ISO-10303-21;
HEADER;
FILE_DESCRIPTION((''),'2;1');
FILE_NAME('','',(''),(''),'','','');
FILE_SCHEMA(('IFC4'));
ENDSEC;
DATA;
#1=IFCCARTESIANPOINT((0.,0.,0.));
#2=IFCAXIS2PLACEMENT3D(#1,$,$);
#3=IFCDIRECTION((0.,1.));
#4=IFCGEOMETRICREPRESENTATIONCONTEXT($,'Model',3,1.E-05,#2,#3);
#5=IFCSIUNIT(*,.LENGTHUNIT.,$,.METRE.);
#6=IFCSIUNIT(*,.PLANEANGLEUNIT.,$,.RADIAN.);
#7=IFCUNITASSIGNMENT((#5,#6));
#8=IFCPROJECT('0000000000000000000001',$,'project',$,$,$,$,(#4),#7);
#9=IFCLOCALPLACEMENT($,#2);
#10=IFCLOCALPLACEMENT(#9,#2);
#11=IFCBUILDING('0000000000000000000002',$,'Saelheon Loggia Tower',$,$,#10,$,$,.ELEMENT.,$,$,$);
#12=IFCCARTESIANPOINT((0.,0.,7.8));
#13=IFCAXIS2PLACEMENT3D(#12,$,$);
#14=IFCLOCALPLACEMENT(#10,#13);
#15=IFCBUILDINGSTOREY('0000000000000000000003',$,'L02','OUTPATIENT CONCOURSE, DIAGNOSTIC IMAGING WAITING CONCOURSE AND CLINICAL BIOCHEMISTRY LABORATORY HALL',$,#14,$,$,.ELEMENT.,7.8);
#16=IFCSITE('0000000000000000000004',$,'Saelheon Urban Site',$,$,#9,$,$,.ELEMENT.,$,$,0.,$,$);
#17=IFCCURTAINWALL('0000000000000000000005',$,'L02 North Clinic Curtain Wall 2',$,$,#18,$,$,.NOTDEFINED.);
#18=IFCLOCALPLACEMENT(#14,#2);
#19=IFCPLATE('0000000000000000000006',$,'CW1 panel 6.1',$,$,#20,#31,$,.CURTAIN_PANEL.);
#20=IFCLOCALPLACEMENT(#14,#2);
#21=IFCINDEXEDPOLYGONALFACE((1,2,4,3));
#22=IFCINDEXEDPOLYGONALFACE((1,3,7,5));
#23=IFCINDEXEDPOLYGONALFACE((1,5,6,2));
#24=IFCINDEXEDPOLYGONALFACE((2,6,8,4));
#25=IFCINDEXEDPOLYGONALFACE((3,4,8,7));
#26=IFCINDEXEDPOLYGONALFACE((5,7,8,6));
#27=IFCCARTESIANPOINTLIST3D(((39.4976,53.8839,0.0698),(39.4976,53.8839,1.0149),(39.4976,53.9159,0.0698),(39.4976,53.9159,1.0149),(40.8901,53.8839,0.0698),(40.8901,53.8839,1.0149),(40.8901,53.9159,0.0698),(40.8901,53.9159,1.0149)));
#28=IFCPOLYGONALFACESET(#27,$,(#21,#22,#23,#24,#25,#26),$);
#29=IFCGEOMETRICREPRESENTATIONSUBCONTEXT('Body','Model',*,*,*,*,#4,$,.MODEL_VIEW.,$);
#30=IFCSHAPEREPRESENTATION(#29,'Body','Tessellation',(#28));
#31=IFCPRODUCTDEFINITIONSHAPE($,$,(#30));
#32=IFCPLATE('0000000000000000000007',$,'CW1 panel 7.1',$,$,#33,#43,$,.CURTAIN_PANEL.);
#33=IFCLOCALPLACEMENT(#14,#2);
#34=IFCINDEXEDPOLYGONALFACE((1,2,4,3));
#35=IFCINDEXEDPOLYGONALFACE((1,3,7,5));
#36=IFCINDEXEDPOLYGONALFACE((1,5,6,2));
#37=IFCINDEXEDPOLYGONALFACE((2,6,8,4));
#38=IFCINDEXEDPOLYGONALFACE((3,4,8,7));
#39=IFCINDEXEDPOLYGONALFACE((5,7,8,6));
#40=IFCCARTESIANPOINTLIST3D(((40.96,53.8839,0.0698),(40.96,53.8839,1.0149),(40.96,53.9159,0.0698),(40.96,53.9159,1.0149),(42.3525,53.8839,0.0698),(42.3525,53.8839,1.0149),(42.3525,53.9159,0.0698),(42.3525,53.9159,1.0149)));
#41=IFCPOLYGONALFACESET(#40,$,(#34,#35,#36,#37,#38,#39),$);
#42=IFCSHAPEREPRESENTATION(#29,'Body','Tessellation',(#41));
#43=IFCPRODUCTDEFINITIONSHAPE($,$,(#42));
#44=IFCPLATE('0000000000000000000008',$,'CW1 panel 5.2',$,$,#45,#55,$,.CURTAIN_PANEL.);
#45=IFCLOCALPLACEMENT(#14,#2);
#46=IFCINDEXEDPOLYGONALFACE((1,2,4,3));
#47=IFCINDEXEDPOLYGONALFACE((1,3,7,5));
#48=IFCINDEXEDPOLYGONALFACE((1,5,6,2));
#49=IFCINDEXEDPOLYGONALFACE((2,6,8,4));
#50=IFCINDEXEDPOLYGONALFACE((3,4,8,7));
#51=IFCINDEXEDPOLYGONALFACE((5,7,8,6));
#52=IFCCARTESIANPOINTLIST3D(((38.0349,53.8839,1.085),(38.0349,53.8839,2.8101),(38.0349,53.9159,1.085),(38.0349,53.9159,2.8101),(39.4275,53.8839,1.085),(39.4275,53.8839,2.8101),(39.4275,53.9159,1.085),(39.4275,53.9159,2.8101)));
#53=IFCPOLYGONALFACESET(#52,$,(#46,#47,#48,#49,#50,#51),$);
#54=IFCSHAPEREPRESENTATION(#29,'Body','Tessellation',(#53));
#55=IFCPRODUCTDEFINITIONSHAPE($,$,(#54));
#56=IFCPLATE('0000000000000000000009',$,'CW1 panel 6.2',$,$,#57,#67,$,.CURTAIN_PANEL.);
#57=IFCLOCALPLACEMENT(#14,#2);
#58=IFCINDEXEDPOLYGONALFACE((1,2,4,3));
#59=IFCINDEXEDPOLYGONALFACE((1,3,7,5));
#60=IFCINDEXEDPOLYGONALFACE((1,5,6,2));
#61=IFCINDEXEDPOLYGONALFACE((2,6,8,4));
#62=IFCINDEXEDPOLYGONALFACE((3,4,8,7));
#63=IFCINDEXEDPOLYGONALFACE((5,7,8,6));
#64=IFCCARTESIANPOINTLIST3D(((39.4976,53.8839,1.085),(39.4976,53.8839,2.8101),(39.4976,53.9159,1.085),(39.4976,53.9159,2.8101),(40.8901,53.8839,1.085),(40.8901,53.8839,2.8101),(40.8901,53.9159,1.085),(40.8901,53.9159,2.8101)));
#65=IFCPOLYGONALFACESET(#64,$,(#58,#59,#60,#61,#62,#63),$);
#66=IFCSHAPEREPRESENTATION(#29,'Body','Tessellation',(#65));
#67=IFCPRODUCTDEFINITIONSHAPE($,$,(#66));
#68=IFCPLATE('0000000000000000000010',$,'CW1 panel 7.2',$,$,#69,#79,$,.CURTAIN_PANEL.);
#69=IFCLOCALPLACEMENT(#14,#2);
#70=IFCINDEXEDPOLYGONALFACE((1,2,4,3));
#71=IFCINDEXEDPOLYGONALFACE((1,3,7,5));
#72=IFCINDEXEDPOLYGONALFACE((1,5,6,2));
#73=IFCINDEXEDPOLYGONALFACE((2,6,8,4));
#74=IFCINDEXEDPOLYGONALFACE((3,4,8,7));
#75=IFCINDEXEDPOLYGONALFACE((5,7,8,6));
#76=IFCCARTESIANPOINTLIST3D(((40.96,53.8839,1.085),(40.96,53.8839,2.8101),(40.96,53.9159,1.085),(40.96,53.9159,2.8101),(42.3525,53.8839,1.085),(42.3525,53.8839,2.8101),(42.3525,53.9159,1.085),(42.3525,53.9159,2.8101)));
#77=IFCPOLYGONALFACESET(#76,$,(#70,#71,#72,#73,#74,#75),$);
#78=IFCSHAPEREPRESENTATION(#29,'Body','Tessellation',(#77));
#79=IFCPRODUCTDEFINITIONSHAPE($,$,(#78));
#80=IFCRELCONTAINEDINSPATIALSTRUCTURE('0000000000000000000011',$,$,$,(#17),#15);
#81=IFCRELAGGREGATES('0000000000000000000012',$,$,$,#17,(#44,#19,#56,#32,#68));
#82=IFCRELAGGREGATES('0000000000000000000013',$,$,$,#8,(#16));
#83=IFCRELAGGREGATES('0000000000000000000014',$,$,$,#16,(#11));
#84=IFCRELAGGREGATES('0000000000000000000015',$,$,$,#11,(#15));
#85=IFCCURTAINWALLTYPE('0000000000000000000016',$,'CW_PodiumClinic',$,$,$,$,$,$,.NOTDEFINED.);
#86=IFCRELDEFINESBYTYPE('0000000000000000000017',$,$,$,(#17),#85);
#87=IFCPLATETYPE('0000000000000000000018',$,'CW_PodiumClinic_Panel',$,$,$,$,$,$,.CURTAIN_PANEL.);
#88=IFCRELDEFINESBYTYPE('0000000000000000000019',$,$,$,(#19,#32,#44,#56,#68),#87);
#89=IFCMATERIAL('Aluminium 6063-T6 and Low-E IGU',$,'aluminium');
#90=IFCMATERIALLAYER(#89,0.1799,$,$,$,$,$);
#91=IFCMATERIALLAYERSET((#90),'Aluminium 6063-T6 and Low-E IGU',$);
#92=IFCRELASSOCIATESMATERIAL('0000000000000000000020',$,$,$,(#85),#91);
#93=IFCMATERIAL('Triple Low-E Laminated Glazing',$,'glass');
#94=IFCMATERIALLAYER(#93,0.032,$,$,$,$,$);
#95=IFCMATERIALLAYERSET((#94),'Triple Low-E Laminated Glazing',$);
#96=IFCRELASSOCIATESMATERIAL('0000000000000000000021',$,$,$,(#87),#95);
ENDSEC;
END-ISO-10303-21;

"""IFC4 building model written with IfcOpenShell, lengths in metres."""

from ifc_helpers import new_model, si_unit, direction, frame, origin, origin_2d, place, context, subcontext, project, spatial, rectangle, extrude, source, transform, mapped, material, layer, layer_set, type_object, element, aggregate, save


model = new_model("IFC4")

# Units and contexts
model_context = context("Model", 3, precision=1e-05, world=origin(), true_north=direction((0.0, 1.0)))
body_context = subcontext(model_context, "Body", "Model", "MODEL_VIEW")
ifc_project = project(units=[si_unit("LENGTHUNIT", "METRE"), si_unit("PLANEANGLEUNIT", "RADIAN")], contexts=[model_context])

# Site, building, storey
site_placement = place(None, origin())
site = spatial("IfcSite", under=ifc_project, at=site_placement, Name="Saelheon Urban Site", CompositionType="ELEMENT", RefElevation=0.0)
building_placement = place(site_placement, origin())
building = spatial("IfcBuilding", under=site, at=building_placement, Name="Saelheon Loggia Tower", CompositionType="ELEMENT")
storey_placement = place(building_placement, frame((0.0, 0.0, 7.8)))
storey = spatial("IfcBuildingStorey", under=building, at=storey_placement, Name="L02", Description="OUTPATIENT CONCOURSE, DIAGNOSTIC IMAGING WAITING CONCOURSE AND CLINICAL BIOCHEMISTRY LABORATORY HALL", CompositionType="ELEMENT", Elevation=7.8)

# Curtain wall
ifc_material_1 = material(Name="Aluminium 6063-T6 and Low-E IGU", Category="aluminium")
ifc_layer_1 = layer(ifc_material_1, 0.1799)
ifc_layer_set_1 = layer_set([ifc_layer_1], Name="Aluminium 6063-T6 and Low-E IGU")
curtain_wall_type = type_object("IfcCurtainWallType", Name="CW_PodiumClinic", PredefinedType="NOTDEFINED", material=ifc_layer_set_1)
curtain_wall_1_placement = place(storey_placement, origin())
curtain_wall_1 = element("IfcCurtainWall", 1, at=curtain_wall_1_placement, inside=storey, type_object=curtain_wall_type, Name="L02 North Clinic Curtain Wall 2", PredefinedType="NOTDEFINED")

# Plates
ifc_material_2 = material(Name="Triple Low-E Laminated Glazing", Category="glass")
ifc_layer_2 = layer(ifc_material_2, 0.032)
ifc_layer_set_2 = layer_set([ifc_layer_2], Name="Triple Low-E Laminated Glazing")
plate_type = type_object("IfcPlateType", Name="CW_PodiumClinic_Panel", PredefinedType="CURTAIN_PANEL", material=ifc_layer_set_2)
shared_shape_1 = source(origin(), body_context, "Body", "SweptSolid", [
    extrude(rectangle(XDim=1.3926, YDim=0.032, at=origin_2d()), origin(), (0.0, 0.0, 1.0), 0.9451),
])
plate_1_placement = place(storey_placement, frame((40.1938, 53.8999, 0.0698), z_axis=(0.0, 0.0, 1.0), x_axis=(1.0, 0.0, 0.0)))
plate_1 = element("IfcPlate", 2, at=plate_1_placement, type_object=plate_type, Name="CW1 panel 6.1", PredefinedType="CURTAIN_PANEL", context=body_context, shape_type="MappedRepresentation", body=[
    mapped(shared_shape_1, transform((0.0, 0.0, 0.0), scale=1.0)),
])
plate_2_placement = place(storey_placement, frame((41.6562, 53.8999, 0.0698), z_axis=(0.0, 0.0, 1.0), x_axis=(1.0, 0.0, 0.0)))
plate_2 = element("IfcPlate", 3, at=plate_2_placement, type_object=plate_type, Name="CW1 panel 7.1", PredefinedType="CURTAIN_PANEL", context=body_context, shape_type="MappedRepresentation", body=[
    mapped(shared_shape_1, transform((0.0, 0.0, 0.0), scale=1.0)),
])
shared_shape_2 = source(origin(), body_context, "Body", "SweptSolid", [
    extrude(rectangle(XDim=1.3926, YDim=0.032, at=origin_2d()), origin(), (0.0, 0.0, 1.0), 1.7251),
])
plate_3_placement = place(storey_placement, frame((38.7312, 53.8999, 1.085), z_axis=(0.0, 0.0, 1.0), x_axis=(1.0, 0.0, 0.0)))
plate_3 = element("IfcPlate", 4, at=plate_3_placement, type_object=plate_type, Name="CW1 panel 5.2", PredefinedType="CURTAIN_PANEL", context=body_context, shape_type="MappedRepresentation", body=[
    mapped(shared_shape_2, transform((0.0, 0.0, 0.0), scale=1.0)),
])
plate_4_placement = place(storey_placement, frame((40.1938, 53.8999, 1.085), z_axis=(0.0, 0.0, 1.0), x_axis=(1.0, 0.0, 0.0)))
plate_4 = element("IfcPlate", 5, at=plate_4_placement, type_object=plate_type, Name="CW1 panel 6.2", PredefinedType="CURTAIN_PANEL", context=body_context, shape_type="MappedRepresentation", body=[
    mapped(shared_shape_2, transform((0.0, 0.0, 0.0), scale=1.0)),
])
plate_5_placement = place(storey_placement, frame((41.6562, 53.8999, 1.085), z_axis=(0.0, 0.0, 1.0), x_axis=(1.0, 0.0, 0.0)))
plate_5 = element("IfcPlate", 6, at=plate_5_placement, type_object=plate_type, Name="CW1 panel 7.2", PredefinedType="CURTAIN_PANEL", context=body_context, shape_type="MappedRepresentation", body=[
    mapped(shared_shape_2, transform((0.0, 0.0, 0.0), scale=1.0)),
])
aggregate(curtain_wall_1, [plate_3, plate_1, plate_4, plate_2, plate_5])

save(model, "model.ifc")
